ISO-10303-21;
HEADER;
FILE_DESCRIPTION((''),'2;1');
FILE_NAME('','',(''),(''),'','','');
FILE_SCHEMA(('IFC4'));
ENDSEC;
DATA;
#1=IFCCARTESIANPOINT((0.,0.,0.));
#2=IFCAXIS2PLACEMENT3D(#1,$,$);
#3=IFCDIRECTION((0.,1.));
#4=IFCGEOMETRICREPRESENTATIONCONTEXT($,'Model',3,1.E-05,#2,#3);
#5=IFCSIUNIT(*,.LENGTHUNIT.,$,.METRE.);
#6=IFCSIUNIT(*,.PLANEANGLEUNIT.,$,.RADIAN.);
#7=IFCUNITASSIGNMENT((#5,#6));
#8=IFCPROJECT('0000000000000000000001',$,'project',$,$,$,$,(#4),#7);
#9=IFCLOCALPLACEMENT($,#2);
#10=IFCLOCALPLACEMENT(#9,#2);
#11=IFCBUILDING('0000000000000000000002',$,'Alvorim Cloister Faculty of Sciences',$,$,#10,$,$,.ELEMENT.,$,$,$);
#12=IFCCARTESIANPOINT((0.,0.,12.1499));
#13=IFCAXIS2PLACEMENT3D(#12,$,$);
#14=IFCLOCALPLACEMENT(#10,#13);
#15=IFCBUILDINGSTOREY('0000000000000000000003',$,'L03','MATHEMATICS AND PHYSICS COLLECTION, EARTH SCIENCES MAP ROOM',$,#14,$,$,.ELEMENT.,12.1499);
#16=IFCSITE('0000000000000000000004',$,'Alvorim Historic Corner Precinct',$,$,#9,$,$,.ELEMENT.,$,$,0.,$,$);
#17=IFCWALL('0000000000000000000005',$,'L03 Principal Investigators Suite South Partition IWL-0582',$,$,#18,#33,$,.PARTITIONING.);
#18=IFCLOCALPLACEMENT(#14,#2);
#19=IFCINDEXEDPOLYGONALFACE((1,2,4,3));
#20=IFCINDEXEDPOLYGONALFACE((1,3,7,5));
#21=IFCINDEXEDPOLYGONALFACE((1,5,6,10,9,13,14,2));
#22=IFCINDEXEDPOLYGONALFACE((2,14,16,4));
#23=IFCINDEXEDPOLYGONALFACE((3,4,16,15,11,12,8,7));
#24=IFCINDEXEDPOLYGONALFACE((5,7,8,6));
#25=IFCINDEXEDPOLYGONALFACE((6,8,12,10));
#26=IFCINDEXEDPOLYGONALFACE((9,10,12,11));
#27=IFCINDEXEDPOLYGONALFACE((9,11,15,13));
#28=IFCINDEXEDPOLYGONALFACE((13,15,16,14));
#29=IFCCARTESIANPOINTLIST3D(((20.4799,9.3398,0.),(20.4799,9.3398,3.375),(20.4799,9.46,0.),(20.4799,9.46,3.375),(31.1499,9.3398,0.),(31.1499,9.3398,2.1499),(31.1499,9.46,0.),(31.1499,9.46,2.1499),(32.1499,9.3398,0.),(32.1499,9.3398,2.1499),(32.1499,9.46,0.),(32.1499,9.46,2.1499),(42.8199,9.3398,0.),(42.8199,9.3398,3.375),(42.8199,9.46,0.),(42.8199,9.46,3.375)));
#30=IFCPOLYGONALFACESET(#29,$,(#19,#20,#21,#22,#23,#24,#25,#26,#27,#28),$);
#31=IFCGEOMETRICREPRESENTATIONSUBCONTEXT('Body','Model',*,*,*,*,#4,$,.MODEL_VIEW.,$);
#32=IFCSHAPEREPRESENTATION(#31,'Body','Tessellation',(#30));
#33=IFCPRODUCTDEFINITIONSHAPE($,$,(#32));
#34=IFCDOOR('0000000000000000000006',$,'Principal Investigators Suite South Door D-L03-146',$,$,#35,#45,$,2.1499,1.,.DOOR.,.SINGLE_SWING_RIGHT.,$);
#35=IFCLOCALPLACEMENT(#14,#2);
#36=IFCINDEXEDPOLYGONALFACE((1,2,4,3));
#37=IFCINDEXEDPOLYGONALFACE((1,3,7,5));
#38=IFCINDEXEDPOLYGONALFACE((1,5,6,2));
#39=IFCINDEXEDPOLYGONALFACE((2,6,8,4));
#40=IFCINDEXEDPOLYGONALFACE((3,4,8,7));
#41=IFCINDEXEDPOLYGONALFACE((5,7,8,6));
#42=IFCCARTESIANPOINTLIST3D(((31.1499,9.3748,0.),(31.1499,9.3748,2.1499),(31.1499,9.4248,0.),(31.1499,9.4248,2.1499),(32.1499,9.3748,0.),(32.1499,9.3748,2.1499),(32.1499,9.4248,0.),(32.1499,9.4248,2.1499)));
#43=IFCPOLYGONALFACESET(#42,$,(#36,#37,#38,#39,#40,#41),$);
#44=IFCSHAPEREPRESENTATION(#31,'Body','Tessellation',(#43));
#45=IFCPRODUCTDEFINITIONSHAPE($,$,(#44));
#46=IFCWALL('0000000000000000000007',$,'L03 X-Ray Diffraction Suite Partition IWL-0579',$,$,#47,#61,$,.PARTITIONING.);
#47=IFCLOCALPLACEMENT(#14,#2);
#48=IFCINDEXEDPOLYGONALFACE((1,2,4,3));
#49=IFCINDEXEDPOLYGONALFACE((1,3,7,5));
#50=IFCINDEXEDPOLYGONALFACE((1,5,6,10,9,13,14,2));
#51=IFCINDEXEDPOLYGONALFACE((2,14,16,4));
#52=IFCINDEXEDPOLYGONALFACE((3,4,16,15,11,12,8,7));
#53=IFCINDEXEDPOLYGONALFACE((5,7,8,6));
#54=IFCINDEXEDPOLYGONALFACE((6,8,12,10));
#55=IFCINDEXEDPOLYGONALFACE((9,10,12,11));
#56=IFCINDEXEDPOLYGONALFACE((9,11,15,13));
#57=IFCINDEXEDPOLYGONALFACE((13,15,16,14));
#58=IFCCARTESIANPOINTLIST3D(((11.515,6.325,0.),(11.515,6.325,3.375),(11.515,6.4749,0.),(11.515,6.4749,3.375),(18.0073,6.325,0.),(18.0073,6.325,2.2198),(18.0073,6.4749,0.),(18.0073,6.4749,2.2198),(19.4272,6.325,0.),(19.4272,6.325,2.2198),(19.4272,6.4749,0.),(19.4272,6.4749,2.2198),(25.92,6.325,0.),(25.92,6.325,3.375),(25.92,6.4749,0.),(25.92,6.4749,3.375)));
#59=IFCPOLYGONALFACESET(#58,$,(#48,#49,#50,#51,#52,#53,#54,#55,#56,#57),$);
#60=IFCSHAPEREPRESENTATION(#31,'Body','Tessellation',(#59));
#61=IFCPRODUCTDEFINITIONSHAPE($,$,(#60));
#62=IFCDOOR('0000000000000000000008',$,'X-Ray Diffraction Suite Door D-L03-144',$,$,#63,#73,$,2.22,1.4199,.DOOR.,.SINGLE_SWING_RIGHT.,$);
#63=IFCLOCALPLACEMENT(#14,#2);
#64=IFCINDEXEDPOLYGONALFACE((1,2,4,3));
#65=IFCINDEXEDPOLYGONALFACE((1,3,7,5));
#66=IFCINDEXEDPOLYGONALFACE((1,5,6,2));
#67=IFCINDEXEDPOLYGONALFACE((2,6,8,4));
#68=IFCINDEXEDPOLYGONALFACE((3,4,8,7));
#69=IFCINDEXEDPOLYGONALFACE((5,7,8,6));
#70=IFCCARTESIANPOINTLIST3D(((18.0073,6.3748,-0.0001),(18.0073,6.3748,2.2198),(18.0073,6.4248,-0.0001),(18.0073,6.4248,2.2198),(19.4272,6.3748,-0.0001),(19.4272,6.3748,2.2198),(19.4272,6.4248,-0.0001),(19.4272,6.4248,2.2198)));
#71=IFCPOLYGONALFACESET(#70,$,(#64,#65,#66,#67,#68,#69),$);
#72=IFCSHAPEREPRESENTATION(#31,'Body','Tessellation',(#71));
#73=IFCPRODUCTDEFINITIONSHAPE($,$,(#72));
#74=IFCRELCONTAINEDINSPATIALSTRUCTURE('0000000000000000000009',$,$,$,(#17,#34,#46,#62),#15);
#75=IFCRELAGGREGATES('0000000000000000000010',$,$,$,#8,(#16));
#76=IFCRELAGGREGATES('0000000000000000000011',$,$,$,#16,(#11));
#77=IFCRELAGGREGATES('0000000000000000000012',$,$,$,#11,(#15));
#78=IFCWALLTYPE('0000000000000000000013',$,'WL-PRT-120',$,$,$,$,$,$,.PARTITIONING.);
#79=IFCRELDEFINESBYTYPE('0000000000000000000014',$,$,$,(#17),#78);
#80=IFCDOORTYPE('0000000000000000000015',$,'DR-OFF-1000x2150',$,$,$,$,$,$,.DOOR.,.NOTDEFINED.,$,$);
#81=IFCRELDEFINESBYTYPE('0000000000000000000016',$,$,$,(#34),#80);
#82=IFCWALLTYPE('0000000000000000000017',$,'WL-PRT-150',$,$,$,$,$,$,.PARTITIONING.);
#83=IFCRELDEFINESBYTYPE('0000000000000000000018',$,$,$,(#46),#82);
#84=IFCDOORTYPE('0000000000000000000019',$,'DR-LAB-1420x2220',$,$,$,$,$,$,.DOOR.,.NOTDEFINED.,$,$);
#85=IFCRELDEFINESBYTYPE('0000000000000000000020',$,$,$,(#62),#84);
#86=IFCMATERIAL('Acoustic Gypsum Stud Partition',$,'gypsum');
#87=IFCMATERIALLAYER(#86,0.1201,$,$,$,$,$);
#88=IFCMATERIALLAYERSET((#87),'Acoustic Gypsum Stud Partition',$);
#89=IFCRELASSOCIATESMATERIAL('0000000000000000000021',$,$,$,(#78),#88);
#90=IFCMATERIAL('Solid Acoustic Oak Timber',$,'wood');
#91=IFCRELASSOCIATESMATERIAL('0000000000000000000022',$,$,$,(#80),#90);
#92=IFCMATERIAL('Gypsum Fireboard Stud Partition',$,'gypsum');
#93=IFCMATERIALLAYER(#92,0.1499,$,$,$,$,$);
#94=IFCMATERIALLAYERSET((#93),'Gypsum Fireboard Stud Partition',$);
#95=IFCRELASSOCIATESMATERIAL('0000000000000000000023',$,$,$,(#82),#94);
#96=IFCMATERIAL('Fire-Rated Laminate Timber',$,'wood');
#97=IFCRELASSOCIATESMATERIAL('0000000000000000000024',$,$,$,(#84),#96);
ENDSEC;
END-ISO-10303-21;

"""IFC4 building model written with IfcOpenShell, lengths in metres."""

from ifc_helpers import new_model, si_unit, direction, frame, frame_2d, origin, place, context, subcontext, project, spatial, rectangle, extrude, material, layer, layer_set, type_object, element, fill, save


model = new_model("IFC4")

# Units and contexts
model_context = context("Model", 3, precision=1e-05, world=origin(), true_north=direction((0.0, 1.0)))
body_context = subcontext(model_context, "Body", "Model", "MODEL_VIEW")
ifc_project = project(units=[si_unit("LENGTHUNIT", "METRE"), si_unit("PLANEANGLEUNIT", "RADIAN")], contexts=[model_context])

# Site, building, storey
site_placement = place(None, origin())
site = spatial("IfcSite", under=ifc_project, at=site_placement, Name="Alvorim Historic Corner Precinct", CompositionType="ELEMENT", RefElevation=0.0)
building_placement = place(site_placement, origin())
building = spatial("IfcBuilding", under=site, at=building_placement, Name="Alvorim Cloister Faculty of Sciences", CompositionType="ELEMENT")
storey_placement = place(building_placement, frame((0.0, 0.0, 12.1499)))
storey = spatial("IfcBuildingStorey", under=building, at=storey_placement, Name="L03", Description="MATHEMATICS AND PHYSICS COLLECTION, EARTH SCIENCES MAP ROOM", CompositionType="ELEMENT", Elevation=12.1499)

# Shared definitions
ifc_material_1 = material(Name="Acoustic Gypsum Stud Partition", Category="gypsum")
ifc_layer_1 = layer(ifc_material_1, 0.1201)
ifc_layer_set_1 = layer_set([ifc_layer_1], Name="Acoustic Gypsum Stud Partition")
wall_type_1 = type_object("IfcWallType", Name="WL-PRT-120", PredefinedType="PARTITIONING", material=ifc_layer_set_1)

# Walls, openings, doors
wall_1_placement = place(storey_placement, frame((20.48, 9.3999, 0.0), z_axis=(0.0, 0.0, 1.0), x_axis=(1.0, 0.0, 0.0)))
wall_1 = element("IfcWall", 1, at=wall_1_placement, inside=storey, type_object=wall_type_1, Name="L03 Principal Investigators Suite South Partition IWL-0582", PredefinedType="PARTITIONING", context=body_context, shape_type="SweptSolid", body=[
    extrude(rectangle(XDim=22.3401, YDim=0.1201, at=frame_2d((11.1699, 0.0))), origin(), (0.0, 0.0, 1.0), 3.375),
])
opening_1_placement = place(wall_1_placement, frame((10.6699, 0.0, 0.0)))
opening_1 = element("IfcOpeningElement", 2, at=opening_1_placement, cuts=wall_1, PredefinedType="OPENING", context=body_context, shape_type="SweptSolid", body=[
    extrude(rectangle(XDim=1.0, YDim=2.1499, at=frame_2d((0.5, 1.075))), frame((0.0, 0.072, 0.0), z_axis=(0.0, -1.0, 0.0), x_axis=(1.0, 0.0, 0.0)), (0.0, 0.0, 1.0), 0.144),
])
ifc_material_2 = material(Name="Solid Acoustic Oak Timber", Category="wood")
door_type_1 = type_object("IfcDoorType", Name="DR-OFF-1000x2150", OperationType="NOTDEFINED", PredefinedType="DOOR", material=ifc_material_2)
door_1_placement = place(opening_1_placement, origin())
door_1 = element("IfcDoor", 3, at=door_1_placement, inside=storey, type_object=door_type_1, Name="Principal Investigators Suite South Door D-L03-146", OperationType="SINGLE_SWING_RIGHT", OverallHeight=2.1499, OverallWidth=1.0, PredefinedType="DOOR", context=body_context, shape_type="SweptSolid", body=[
    extrude(rectangle(XDim=1.0, YDim=2.1499, at=frame_2d((0.5, 1.075))), frame((0.0, 0.0249, 0.0), z_axis=(0.0, -1.0, 0.0), x_axis=(1.0, 0.0, 0.0)), (0.0, 0.0, 1.0), 0.05),
])
fill(opening_1, door_1)
ifc_material_3 = material(Name="Gypsum Fireboard Stud Partition", Category="gypsum")
ifc_layer_2 = layer(ifc_material_3, 0.1499)
ifc_layer_set_2 = layer_set([ifc_layer_2], Name="Gypsum Fireboard Stud Partition")
wall_type_2 = type_object("IfcWallType", Name="WL-PRT-150", PredefinedType="PARTITIONING", material=ifc_layer_set_2)
wall_2_placement = place(storey_placement, frame((11.5149, 6.3999, 0.0), z_axis=(0.0, 0.0, 1.0), x_axis=(1.0, 0.0, 0.0)))
wall_2 = element("IfcWall", 4, at=wall_2_placement, inside=storey, type_object=wall_type_2, Name="L03 X-Ray Diffraction Suite Partition IWL-0579", PredefinedType="PARTITIONING", context=body_context, shape_type="SweptSolid", body=[
    extrude(rectangle(XDim=14.405, YDim=0.1499, at=frame_2d((7.2026, 0.0))), origin(), (0.0, 0.0, 1.0), 3.375),
])
opening_2_placement = place(wall_2_placement, frame((6.4924, 0.0, 0.0)))
opening_2 = element("IfcOpeningElement", 5, at=opening_2_placement, cuts=wall_2, PredefinedType="OPENING", context=body_context, shape_type="SweptSolid", body=[
    extrude(rectangle(XDim=1.4199, YDim=2.22, at=frame_2d((0.71, 1.1099))), frame((0.0, 0.0869, 0.0), z_axis=(0.0, -1.0, 0.0), x_axis=(1.0, 0.0, 0.0)), (0.0, 0.0, 1.0), 0.1738),
])
ifc_material_4 = material(Name="Fire-Rated Laminate Timber", Category="wood")
door_type_2 = type_object("IfcDoorType", Name="DR-LAB-1420x2220", OperationType="NOTDEFINED", PredefinedType="DOOR", material=ifc_material_4)
door_2_placement = place(opening_2_placement, origin())
door_2 = element("IfcDoor", 6, at=door_2_placement, inside=storey, type_object=door_type_2, Name="X-Ray Diffraction Suite Door D-L03-144", OperationType="SINGLE_SWING_RIGHT", OverallHeight=2.22, OverallWidth=1.4199, PredefinedType="DOOR", context=body_context, shape_type="SweptSolid", body=[
    extrude(rectangle(XDim=1.4199, YDim=2.22, at=frame_2d((0.71, 1.1099))), frame((0.0, 0.0249, 0.0), z_axis=(0.0, -1.0, 0.0), x_axis=(1.0, 0.0, 0.0)), (0.0, 0.0, 1.0), 0.05),
])
fill(opening_2, door_2)

save(model, "model.ifc")
